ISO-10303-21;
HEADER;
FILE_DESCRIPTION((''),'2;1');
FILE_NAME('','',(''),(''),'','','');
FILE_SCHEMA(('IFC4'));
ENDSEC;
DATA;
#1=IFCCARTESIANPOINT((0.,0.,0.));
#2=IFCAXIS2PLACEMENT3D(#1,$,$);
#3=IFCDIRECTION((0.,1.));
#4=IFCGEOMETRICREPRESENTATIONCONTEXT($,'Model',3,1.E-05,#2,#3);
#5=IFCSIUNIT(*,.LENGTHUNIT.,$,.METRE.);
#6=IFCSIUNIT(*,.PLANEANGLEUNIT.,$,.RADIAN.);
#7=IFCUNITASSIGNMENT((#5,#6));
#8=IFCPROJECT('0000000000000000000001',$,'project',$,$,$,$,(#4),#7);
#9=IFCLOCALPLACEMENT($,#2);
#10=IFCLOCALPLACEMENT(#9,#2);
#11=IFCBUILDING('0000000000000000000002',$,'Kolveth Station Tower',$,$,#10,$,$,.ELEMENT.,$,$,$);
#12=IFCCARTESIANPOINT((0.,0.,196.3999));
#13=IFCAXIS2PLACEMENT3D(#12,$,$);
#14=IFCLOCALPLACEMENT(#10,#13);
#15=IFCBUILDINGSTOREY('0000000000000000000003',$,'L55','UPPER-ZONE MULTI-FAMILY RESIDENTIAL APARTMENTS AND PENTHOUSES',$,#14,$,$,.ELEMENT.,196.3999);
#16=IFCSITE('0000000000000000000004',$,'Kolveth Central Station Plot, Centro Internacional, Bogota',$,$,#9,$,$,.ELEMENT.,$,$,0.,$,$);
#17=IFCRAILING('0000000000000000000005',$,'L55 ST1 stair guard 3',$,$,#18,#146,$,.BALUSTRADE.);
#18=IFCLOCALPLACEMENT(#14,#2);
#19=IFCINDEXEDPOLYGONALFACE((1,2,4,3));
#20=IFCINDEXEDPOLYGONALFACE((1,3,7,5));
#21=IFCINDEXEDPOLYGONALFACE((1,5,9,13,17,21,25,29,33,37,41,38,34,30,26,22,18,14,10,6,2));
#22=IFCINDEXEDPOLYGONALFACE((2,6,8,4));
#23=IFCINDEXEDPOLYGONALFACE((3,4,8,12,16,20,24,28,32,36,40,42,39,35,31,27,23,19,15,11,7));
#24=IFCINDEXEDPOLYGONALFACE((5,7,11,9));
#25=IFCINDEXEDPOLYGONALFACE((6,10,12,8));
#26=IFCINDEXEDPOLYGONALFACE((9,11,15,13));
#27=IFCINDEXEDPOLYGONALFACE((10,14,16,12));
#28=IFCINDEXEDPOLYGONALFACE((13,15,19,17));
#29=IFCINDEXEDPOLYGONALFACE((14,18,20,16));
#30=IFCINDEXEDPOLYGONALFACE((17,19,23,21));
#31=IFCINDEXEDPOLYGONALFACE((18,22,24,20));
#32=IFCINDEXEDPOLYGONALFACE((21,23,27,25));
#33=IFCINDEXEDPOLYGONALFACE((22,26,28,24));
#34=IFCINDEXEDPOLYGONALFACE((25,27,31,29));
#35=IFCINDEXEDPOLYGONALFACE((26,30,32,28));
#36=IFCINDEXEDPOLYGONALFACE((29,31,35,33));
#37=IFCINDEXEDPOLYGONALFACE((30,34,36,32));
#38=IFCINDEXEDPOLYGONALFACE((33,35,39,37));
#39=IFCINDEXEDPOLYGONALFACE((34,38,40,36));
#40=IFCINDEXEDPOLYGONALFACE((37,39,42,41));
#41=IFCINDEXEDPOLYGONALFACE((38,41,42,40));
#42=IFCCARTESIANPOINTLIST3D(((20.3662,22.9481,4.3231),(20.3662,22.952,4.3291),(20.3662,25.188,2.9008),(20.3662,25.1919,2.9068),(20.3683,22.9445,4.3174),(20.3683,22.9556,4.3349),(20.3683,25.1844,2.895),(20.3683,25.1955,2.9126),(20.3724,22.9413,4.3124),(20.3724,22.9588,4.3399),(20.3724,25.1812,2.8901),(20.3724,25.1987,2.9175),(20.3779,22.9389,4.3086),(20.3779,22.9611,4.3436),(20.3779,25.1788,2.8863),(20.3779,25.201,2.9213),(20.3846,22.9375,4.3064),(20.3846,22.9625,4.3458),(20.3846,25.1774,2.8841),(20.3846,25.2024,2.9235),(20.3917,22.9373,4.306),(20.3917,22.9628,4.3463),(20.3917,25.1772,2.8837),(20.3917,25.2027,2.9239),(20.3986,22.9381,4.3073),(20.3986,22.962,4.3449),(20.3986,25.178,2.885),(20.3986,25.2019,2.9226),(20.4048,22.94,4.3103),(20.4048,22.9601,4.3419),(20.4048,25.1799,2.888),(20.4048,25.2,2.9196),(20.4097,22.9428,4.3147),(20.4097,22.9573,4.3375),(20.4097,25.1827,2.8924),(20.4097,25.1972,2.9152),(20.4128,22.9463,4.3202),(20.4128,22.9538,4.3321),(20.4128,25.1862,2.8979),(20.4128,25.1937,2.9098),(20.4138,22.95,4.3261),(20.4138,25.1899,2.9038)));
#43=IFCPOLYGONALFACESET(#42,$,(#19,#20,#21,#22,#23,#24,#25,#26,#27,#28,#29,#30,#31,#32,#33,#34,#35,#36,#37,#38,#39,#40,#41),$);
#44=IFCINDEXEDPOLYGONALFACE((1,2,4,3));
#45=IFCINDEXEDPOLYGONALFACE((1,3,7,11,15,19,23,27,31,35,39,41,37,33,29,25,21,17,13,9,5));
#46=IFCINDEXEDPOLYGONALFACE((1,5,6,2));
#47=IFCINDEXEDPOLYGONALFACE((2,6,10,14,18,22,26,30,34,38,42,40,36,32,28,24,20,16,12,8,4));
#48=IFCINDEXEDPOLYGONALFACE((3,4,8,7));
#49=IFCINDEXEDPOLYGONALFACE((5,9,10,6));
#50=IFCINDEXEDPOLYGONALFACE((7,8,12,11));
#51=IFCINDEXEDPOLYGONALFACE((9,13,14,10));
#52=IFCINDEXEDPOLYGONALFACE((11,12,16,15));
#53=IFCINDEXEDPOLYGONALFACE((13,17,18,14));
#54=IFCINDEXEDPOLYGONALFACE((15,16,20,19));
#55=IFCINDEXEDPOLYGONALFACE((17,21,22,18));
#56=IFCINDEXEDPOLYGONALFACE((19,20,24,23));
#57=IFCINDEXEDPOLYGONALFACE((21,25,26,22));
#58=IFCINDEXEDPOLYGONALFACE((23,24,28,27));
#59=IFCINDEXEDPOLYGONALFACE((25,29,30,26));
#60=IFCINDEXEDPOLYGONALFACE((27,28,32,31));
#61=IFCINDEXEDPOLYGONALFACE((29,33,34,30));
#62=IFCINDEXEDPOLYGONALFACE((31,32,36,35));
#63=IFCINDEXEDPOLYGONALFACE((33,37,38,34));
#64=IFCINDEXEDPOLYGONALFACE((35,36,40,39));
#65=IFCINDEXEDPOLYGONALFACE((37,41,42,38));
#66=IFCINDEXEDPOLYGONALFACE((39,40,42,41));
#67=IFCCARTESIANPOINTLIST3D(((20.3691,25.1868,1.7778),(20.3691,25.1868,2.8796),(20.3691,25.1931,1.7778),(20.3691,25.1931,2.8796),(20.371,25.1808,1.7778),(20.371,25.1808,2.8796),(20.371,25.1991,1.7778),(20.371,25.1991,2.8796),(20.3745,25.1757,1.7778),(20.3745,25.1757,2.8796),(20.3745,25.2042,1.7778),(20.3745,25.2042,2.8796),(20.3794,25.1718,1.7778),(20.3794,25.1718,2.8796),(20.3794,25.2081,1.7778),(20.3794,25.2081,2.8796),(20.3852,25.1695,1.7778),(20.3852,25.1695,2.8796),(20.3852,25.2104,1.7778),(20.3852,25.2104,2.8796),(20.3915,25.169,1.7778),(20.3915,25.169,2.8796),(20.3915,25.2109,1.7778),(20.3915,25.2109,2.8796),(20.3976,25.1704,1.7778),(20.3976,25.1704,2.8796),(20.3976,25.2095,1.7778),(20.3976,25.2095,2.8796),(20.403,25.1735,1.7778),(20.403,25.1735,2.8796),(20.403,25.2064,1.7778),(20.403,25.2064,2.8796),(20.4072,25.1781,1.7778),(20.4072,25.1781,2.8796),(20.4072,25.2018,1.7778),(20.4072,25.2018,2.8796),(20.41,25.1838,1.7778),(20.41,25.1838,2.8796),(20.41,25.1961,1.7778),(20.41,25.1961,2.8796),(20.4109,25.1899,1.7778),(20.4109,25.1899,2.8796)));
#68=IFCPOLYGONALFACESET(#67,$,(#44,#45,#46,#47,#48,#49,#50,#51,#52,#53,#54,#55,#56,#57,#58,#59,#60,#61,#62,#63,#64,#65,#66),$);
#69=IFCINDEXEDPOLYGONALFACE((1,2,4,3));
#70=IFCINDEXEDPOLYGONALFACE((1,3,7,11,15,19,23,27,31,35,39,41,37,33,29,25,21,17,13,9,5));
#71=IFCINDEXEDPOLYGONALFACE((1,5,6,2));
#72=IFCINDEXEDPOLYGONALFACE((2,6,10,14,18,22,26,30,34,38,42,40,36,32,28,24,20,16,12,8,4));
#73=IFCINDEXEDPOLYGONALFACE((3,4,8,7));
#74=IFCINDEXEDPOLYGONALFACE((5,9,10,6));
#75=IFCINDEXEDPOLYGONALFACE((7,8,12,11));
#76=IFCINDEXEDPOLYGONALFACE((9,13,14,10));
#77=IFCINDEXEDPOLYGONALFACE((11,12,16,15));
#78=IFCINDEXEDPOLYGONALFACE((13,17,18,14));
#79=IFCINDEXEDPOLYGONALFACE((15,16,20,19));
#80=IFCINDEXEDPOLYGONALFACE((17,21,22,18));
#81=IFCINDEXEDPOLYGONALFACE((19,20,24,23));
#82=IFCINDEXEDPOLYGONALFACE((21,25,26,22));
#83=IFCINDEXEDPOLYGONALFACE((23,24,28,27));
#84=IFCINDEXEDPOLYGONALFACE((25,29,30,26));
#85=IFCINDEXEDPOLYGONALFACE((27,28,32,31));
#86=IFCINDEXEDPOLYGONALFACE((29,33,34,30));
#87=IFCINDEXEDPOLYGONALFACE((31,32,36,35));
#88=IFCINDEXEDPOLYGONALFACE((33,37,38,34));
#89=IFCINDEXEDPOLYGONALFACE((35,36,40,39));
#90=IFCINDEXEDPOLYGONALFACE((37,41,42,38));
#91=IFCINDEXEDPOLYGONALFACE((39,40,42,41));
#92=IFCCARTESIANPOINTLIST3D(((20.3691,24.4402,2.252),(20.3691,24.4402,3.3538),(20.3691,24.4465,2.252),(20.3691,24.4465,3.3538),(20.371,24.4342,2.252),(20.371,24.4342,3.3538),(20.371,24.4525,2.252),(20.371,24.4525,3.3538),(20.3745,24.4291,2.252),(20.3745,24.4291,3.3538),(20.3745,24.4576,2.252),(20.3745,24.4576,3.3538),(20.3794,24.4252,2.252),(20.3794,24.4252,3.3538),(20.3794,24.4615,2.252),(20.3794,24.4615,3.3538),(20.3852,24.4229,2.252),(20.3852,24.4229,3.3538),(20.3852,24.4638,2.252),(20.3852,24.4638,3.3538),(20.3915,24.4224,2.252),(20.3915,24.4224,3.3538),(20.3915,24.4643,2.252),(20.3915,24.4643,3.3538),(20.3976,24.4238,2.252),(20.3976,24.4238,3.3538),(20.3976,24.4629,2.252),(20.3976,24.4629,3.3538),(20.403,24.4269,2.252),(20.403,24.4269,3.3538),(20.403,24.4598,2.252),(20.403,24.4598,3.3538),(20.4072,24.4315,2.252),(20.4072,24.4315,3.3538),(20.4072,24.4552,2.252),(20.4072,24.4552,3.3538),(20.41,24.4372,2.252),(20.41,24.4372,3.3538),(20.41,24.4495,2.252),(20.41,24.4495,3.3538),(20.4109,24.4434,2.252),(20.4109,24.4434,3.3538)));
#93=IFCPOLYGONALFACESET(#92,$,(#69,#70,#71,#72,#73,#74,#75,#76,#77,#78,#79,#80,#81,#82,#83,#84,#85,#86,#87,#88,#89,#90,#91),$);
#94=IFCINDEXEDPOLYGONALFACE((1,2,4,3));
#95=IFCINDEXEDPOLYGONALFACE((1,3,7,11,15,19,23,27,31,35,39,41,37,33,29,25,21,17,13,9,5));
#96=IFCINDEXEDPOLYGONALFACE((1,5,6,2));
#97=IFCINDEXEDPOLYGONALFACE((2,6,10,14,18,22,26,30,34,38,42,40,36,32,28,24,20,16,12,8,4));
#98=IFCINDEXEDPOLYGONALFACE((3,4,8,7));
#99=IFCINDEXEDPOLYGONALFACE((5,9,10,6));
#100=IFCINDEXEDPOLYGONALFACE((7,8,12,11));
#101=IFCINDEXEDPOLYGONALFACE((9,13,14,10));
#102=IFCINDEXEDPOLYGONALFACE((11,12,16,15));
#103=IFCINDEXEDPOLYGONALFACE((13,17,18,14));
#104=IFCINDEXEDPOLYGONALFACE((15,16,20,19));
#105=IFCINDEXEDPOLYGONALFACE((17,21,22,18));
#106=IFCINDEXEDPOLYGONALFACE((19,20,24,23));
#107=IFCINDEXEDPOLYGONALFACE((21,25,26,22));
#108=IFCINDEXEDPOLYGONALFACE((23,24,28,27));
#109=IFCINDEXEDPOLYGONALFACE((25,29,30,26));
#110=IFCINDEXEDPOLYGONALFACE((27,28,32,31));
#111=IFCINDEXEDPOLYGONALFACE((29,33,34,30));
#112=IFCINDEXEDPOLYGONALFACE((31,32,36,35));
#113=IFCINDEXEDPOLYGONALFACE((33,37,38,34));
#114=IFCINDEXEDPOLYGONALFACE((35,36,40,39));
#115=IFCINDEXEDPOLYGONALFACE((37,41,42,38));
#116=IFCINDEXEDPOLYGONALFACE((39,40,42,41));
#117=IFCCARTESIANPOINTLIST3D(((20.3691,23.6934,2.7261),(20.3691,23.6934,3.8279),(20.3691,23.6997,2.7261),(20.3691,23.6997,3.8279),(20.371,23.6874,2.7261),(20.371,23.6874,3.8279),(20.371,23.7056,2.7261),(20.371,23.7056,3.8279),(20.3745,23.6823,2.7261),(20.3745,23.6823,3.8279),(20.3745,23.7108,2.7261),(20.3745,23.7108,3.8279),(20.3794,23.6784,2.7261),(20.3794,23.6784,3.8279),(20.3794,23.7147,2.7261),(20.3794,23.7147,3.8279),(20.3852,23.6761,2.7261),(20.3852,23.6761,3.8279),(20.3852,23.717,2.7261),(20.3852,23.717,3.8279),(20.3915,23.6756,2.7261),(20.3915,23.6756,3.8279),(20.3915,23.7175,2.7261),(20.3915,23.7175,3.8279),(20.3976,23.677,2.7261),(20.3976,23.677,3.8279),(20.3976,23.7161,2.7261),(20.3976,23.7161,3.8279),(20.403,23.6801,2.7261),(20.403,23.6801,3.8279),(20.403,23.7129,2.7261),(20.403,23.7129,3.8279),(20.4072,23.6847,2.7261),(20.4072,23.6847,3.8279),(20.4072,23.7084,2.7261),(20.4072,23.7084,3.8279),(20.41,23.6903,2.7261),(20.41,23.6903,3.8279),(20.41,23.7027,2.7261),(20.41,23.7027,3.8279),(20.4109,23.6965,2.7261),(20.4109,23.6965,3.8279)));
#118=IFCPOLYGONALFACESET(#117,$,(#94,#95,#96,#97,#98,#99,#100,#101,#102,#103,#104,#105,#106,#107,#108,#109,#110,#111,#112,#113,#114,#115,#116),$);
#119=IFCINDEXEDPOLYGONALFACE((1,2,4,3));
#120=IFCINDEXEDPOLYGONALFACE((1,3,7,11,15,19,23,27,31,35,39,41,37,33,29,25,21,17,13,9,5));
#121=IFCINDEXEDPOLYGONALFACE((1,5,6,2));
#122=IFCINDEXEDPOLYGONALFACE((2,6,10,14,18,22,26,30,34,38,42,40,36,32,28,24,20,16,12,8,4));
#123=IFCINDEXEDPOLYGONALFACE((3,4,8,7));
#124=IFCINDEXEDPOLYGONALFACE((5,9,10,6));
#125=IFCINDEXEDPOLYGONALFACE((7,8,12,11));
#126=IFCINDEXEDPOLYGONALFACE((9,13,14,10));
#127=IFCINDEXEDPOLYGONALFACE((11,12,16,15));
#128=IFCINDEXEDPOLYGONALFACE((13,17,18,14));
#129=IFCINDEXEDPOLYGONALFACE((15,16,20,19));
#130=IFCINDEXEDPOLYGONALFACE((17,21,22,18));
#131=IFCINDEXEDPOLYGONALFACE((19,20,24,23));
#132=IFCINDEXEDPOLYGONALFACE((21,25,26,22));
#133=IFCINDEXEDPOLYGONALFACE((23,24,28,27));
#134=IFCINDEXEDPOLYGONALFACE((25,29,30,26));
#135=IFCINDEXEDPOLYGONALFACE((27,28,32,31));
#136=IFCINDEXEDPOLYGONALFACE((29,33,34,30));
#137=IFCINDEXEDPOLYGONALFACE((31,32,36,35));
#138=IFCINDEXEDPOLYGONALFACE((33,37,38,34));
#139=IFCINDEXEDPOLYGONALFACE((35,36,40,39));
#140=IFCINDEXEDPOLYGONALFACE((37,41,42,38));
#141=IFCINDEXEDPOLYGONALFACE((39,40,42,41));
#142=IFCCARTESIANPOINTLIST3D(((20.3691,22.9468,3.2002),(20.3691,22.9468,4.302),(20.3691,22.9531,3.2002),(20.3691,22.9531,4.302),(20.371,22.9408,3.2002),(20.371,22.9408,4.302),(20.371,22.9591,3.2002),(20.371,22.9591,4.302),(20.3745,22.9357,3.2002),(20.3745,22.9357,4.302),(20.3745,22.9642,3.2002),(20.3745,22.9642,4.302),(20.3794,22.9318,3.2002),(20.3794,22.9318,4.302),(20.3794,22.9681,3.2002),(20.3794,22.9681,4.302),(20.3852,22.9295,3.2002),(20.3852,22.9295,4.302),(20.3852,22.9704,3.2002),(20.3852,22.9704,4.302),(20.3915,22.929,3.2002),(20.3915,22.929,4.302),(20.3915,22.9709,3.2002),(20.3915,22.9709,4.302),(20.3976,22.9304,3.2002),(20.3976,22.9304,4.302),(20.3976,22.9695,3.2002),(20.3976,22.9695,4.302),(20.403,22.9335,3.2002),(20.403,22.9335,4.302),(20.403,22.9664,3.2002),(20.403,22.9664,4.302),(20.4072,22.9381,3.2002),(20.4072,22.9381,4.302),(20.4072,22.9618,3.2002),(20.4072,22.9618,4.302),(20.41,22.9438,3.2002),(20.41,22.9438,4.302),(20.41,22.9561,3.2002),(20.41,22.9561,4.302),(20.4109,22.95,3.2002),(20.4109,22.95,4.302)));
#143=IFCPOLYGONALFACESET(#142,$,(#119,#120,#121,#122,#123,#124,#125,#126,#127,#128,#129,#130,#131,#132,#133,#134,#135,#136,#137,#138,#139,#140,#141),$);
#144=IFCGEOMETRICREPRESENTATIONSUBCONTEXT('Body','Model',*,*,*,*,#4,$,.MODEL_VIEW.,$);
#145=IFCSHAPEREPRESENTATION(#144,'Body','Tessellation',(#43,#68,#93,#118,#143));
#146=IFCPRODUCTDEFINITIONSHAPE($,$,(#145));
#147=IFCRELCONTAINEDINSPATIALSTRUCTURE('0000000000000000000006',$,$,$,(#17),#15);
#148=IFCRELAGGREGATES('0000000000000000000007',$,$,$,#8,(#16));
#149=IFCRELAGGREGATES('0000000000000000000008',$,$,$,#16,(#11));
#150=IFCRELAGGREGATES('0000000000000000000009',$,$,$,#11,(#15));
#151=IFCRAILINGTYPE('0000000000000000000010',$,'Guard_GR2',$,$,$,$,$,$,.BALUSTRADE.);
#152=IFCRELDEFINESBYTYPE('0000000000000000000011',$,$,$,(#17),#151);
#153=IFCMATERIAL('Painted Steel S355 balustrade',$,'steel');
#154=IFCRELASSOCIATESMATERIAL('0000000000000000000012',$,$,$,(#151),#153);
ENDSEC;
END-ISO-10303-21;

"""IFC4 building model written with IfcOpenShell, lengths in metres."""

from ifc_helpers import new_model, si_unit, direction, frame, origin, origin_2d, place, context, subcontext, project, spatial, circle, extrude, material, type_object, element, save


model = new_model("IFC4")

# Units and contexts
model_context = context("Model", 3, precision=1e-05, world=origin(), true_north=direction((0.0, 1.0)))
body_context = subcontext(model_context, "Body", "Model", "MODEL_VIEW")
ifc_project = project(units=[si_unit("LENGTHUNIT", "METRE"), si_unit("PLANEANGLEUNIT", "RADIAN")], contexts=[model_context])

# Site, building, storey
site_placement = place(None, origin())
site = spatial("IfcSite", under=ifc_project, at=site_placement, Name="Kolveth Central Station Plot, Centro Internacional, Bogota", CompositionType="ELEMENT", RefElevation=0.0)
building_placement = place(site_placement, origin())
building = spatial("IfcBuilding", under=site, at=building_placement, Name="Kolveth Station Tower", CompositionType="ELEMENT")
storey_placement = place(building_placement, frame((0.0, 0.0, 196.3999)))
storey = spatial("IfcBuildingStorey", under=building, at=storey_placement, Name="L55", Description="UPPER-ZONE MULTI-FAMILY RESIDENTIAL APARTMENTS AND PENTHOUSES", CompositionType="ELEMENT", Elevation=196.3999)

# Railing
ifc_material_1 = material(Name="Painted Steel S355 balustrade", Category="steel")
railing_type_1 = type_object("IfcRailingType", Name="Guard_GR2", PredefinedType="BALUSTRADE", material=ifc_material_1)
railing_1_placement = place(storey_placement, frame((20.3899, 25.1899, 1.7778)))
element("IfcRailing", 1, at=railing_1_placement, inside=storey, type_object=railing_type_1, Name="L55 ST1 stair guard 3", PredefinedType="BALUSTRADE", context=body_context, shape_type="SweptSolid", body=[
    extrude(circle(Radius=0.0239, at=origin_2d()), frame((0.0, 0.0, 1.126), z_axis=(0.0, -0.844188, 0.536048), x_axis=(1.0, 0.0, 0.0)), (0.0, 0.0, 1.0), 2.6533),
    extrude(circle(Radius=0.021, at=origin_2d()), origin(), (0.0, 0.0, 1.0), 1.1018),
    extrude(circle(Radius=0.021, at=origin_2d()), frame((0.0, -0.7466, 0.4741)), (0.0, 0.0, 1.0), 1.1018),
    extrude(circle(Radius=0.021, at=origin_2d()), frame((0.0, -1.4934, 0.9482)), (0.0, 0.0, 1.0), 1.1018),
    extrude(circle(Radius=0.021, at=origin_2d()), frame((0.0, -2.24, 1.4224)), (0.0, 0.0, 1.0), 1.1018),
])

save(model, "model.ifc")
